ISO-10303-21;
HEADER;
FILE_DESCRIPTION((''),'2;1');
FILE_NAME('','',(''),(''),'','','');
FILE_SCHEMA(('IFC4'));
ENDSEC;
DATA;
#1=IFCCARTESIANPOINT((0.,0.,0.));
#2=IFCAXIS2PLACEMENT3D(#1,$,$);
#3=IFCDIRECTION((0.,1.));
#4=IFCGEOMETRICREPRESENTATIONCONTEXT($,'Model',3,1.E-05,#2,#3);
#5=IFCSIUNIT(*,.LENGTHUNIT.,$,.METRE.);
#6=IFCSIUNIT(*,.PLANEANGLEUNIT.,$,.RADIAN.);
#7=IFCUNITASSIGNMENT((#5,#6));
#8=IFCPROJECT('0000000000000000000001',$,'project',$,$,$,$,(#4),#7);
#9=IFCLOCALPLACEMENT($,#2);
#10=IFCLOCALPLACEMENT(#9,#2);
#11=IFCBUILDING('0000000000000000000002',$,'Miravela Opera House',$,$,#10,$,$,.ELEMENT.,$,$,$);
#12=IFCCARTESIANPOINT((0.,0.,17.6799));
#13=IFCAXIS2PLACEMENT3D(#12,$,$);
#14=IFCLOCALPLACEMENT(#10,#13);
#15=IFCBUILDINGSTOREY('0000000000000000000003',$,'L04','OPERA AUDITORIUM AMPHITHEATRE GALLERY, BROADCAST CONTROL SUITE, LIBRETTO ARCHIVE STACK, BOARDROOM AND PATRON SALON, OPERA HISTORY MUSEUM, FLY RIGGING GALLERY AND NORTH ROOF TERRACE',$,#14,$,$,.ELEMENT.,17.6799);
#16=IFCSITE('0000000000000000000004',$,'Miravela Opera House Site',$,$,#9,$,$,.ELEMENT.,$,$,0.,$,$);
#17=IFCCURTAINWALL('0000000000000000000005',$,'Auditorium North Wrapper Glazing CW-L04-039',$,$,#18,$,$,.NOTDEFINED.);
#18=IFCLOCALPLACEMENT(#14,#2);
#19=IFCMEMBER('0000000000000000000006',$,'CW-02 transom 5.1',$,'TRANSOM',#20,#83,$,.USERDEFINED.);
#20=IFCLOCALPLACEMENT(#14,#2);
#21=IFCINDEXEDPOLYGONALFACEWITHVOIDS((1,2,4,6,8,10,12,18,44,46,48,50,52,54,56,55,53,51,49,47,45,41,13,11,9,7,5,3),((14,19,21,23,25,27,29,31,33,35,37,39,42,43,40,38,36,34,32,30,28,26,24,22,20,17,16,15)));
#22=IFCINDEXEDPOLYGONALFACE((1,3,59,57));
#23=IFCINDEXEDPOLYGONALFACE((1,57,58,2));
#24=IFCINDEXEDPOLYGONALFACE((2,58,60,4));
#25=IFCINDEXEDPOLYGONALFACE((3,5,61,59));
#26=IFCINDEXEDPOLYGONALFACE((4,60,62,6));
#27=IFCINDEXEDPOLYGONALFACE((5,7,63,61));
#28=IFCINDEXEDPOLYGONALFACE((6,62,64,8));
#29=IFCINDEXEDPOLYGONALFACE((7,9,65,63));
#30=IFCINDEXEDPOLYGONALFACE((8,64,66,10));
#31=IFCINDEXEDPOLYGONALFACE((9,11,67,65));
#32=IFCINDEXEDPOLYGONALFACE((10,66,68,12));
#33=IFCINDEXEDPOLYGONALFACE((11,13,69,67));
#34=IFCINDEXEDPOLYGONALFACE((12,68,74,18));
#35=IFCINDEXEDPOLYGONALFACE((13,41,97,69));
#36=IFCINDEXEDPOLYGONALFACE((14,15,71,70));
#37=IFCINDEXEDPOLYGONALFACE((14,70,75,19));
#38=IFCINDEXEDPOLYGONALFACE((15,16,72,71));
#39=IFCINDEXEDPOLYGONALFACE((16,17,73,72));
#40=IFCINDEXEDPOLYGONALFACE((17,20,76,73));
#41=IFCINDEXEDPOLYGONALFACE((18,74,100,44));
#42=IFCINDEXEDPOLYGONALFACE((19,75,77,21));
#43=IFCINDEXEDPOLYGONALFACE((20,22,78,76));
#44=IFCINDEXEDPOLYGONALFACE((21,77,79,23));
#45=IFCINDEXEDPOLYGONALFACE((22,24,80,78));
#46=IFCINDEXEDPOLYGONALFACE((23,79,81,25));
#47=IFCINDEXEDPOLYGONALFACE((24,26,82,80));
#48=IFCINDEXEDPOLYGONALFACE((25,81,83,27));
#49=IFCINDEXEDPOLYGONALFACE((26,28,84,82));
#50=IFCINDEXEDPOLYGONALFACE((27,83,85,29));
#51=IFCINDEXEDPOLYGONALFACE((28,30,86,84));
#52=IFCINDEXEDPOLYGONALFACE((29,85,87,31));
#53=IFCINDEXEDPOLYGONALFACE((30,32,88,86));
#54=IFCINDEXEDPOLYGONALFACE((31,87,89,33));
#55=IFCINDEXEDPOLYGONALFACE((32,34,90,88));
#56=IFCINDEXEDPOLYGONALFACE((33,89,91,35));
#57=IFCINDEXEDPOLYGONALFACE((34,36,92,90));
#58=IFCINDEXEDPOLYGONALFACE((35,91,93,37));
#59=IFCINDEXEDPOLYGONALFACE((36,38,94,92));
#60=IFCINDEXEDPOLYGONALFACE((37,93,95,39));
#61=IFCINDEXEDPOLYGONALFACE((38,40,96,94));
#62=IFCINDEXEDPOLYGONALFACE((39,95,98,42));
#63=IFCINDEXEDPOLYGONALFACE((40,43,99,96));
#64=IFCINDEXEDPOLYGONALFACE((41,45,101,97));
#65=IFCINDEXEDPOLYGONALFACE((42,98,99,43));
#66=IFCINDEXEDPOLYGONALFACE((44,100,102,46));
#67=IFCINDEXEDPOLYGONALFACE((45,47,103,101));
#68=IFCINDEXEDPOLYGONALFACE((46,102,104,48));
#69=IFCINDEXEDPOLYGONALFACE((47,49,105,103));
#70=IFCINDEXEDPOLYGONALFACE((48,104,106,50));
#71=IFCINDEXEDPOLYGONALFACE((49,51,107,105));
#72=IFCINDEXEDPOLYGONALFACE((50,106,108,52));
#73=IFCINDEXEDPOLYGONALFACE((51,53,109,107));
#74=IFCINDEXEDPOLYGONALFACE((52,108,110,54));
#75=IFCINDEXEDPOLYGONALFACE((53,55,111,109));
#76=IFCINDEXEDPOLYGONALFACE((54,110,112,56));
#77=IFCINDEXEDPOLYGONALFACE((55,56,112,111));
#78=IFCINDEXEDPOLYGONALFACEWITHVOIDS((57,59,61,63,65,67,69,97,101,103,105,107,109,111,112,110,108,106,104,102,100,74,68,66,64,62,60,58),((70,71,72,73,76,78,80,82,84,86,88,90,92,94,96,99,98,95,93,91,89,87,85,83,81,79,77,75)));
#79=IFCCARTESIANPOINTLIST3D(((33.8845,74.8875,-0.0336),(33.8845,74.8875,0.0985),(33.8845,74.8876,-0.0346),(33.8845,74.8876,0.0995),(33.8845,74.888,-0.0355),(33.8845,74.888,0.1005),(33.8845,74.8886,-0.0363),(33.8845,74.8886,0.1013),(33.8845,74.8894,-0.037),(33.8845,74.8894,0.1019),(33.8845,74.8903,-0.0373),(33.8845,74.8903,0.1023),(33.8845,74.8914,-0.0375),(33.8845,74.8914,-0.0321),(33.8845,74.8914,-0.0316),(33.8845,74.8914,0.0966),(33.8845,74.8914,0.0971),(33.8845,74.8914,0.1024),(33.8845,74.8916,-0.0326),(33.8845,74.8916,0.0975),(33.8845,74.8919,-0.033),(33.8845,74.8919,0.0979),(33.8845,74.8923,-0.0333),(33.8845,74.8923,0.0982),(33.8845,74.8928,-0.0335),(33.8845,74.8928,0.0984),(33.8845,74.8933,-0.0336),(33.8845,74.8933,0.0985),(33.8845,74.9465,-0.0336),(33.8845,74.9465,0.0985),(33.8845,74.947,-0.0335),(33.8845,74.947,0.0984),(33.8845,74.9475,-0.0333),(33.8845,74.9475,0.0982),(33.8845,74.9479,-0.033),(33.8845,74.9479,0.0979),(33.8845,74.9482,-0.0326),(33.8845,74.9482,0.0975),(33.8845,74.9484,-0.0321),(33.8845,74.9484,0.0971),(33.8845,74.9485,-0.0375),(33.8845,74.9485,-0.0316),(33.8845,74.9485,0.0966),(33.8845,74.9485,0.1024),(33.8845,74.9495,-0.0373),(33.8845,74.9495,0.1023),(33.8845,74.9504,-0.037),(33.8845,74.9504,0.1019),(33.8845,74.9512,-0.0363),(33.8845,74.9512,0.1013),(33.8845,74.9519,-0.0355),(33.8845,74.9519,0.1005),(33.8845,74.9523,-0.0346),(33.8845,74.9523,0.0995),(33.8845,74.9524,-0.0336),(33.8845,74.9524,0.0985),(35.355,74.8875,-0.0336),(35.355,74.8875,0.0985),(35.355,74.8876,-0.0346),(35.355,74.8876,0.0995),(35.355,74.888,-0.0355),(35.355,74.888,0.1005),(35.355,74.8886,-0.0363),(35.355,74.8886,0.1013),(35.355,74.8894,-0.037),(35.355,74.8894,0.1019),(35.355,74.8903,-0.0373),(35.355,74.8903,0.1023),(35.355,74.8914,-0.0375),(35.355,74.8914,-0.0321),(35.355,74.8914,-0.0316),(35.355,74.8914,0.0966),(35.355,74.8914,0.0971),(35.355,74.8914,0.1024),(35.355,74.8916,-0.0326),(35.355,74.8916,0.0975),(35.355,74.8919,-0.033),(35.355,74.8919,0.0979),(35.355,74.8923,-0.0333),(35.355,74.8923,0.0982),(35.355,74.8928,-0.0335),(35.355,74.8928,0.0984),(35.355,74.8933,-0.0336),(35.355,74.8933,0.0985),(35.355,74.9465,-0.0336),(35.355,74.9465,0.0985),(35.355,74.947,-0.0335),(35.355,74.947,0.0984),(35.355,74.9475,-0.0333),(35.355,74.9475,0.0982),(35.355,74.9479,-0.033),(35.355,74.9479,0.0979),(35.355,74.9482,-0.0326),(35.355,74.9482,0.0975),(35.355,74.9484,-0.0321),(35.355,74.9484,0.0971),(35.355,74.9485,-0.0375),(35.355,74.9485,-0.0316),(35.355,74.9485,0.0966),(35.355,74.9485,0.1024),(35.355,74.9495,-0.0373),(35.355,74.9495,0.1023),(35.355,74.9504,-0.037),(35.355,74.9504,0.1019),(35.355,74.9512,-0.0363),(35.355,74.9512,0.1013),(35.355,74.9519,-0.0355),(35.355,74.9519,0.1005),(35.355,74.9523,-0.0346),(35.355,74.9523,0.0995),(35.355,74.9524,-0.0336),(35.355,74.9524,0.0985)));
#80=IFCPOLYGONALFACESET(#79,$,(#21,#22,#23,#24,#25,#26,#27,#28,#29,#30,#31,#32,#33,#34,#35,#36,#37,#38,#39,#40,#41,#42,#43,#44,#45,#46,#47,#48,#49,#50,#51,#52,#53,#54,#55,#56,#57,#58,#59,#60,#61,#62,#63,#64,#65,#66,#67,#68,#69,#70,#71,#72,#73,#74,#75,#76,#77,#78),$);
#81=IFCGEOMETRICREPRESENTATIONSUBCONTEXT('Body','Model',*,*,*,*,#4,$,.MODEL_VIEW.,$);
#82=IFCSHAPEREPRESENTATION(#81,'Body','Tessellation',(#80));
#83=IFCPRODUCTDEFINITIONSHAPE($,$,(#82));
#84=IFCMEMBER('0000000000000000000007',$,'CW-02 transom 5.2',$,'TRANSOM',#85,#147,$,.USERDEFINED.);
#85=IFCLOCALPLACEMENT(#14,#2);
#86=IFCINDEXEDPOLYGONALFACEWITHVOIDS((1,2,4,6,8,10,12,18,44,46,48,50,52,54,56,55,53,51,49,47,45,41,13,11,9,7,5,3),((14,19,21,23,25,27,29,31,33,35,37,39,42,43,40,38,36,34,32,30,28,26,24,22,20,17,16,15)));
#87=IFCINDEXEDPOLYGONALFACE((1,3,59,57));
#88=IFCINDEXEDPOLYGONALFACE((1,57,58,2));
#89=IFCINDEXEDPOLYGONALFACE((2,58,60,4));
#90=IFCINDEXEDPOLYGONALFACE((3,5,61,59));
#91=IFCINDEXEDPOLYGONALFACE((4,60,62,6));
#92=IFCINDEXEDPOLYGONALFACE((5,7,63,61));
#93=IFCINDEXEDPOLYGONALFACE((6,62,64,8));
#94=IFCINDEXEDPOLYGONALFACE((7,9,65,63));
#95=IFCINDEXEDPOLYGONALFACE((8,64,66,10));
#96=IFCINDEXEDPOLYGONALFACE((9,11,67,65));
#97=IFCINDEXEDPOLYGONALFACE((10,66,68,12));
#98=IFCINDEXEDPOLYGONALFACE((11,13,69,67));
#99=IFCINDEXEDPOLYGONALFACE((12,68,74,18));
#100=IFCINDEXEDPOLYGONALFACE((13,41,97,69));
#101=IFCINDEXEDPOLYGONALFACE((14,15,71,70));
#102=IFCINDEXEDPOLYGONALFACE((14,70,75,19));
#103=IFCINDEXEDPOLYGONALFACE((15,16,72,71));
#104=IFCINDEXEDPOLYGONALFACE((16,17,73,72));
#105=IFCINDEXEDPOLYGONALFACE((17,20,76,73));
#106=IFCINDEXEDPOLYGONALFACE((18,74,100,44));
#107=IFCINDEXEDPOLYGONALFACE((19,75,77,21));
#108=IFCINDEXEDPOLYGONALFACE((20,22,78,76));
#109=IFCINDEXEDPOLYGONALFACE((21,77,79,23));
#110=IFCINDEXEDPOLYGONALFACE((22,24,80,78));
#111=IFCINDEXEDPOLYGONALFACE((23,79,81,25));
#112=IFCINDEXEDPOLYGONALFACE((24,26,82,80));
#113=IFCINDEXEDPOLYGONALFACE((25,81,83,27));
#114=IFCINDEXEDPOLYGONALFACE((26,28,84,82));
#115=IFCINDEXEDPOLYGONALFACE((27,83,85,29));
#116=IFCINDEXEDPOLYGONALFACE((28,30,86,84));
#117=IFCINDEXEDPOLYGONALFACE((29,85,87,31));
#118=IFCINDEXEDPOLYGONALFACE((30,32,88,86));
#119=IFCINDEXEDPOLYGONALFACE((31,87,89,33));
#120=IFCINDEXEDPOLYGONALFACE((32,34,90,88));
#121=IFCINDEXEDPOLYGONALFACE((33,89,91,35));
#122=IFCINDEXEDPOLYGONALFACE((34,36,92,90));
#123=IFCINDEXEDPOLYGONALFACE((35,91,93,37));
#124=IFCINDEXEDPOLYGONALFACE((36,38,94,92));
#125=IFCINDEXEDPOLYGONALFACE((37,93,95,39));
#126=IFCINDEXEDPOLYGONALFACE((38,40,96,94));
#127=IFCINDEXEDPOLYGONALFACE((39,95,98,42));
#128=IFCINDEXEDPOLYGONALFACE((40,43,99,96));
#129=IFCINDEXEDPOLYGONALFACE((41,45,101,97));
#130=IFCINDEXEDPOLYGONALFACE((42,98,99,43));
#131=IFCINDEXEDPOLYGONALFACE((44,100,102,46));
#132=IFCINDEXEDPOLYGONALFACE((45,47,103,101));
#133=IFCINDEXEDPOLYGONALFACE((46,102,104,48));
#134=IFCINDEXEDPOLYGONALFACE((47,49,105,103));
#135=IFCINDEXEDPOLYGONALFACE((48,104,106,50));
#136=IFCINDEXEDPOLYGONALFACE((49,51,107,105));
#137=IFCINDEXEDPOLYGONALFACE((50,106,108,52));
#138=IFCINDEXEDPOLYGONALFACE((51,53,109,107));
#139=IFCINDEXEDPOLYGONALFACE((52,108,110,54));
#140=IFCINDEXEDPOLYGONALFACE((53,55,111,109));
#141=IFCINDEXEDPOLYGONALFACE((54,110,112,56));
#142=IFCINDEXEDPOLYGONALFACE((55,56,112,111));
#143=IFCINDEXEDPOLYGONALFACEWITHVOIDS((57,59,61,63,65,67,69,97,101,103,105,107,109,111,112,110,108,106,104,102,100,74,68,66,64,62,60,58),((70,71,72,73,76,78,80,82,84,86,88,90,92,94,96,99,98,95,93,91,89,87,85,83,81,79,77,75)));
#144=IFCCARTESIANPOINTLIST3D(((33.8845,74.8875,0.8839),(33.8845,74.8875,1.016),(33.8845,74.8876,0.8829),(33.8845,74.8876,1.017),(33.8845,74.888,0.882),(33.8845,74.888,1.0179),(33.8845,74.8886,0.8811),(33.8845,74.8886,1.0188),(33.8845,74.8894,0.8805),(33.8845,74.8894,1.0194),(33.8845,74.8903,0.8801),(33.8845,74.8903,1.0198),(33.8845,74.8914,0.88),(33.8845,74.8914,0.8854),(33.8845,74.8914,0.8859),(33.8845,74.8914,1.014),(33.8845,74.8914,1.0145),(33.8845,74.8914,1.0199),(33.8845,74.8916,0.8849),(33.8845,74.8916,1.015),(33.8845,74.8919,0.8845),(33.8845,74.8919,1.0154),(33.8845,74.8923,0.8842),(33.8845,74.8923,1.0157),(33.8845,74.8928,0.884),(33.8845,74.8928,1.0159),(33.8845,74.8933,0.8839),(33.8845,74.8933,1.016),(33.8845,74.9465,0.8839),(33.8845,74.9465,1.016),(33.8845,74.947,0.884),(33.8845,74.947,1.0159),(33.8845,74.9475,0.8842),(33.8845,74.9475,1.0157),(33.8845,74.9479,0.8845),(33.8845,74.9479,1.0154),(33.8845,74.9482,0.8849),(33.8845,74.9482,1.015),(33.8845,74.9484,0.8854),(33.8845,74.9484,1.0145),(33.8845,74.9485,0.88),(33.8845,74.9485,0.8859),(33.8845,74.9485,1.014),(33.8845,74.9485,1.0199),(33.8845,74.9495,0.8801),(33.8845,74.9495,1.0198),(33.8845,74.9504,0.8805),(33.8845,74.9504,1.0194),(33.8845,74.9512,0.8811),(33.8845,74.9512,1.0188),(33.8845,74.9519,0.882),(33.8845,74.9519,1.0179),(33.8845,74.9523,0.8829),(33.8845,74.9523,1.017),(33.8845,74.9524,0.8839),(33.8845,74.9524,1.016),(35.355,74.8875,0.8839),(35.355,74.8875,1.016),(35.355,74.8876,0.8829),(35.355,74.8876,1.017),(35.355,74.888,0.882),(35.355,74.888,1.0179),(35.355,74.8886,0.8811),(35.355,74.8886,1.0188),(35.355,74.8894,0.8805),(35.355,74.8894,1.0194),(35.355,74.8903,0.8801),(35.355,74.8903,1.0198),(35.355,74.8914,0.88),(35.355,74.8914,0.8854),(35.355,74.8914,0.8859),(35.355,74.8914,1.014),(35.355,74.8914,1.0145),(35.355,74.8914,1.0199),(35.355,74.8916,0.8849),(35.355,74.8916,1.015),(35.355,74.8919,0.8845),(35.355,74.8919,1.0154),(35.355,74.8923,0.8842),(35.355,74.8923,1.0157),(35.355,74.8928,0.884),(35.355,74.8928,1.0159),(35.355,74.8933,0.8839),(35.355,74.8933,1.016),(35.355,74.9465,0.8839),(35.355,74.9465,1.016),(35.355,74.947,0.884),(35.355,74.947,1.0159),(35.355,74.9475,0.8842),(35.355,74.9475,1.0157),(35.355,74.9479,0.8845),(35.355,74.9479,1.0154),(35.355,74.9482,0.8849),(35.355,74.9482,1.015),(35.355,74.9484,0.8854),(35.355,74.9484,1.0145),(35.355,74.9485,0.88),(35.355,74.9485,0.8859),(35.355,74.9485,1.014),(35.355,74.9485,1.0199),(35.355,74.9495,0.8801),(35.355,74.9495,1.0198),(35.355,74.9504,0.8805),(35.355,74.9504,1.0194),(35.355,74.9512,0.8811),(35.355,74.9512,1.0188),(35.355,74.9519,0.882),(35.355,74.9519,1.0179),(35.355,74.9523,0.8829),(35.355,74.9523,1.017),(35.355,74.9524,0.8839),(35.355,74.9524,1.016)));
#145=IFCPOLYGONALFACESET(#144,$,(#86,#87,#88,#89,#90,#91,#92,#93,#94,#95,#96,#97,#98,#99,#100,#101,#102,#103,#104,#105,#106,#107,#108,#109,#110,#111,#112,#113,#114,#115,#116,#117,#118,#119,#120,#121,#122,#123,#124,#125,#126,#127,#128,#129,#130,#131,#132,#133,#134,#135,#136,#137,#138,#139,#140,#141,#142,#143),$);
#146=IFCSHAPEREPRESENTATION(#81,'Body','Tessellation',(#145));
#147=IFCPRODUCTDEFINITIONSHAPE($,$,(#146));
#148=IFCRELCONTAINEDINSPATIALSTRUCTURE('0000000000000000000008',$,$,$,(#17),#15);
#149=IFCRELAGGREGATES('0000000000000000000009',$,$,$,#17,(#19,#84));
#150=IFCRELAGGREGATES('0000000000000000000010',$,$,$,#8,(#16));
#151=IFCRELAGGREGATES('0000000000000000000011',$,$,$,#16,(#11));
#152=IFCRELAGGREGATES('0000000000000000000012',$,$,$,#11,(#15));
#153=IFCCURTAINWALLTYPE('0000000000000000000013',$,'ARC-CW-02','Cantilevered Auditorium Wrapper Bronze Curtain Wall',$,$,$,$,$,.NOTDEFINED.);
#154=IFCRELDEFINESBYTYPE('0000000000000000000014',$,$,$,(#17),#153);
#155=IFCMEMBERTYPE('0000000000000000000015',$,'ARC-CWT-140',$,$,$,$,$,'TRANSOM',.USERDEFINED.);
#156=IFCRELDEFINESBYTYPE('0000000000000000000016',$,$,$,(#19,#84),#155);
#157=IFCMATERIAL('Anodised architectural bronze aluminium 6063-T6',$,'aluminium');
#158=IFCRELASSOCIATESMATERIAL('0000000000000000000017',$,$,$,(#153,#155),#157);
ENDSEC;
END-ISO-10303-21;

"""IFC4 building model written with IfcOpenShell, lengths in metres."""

from ifc_helpers import new_model, si_unit, direction, frame, origin, origin_2d, place, context, subcontext, project, spatial, hollow_rectangle, extrude, material, material_profile, profile_set, type_object, element, aggregate, save


model = new_model("IFC4")

# Units and contexts
model_context = context("Model", 3, precision=1e-05, world=origin(), true_north=direction((0.0, 1.0)))
body_context = subcontext(model_context, "Body", "Model", "MODEL_VIEW")
ifc_project = project(units=[si_unit("LENGTHUNIT", "METRE"), si_unit("PLANEANGLEUNIT", "RADIAN")], contexts=[model_context])

# Site, building, storey
site_placement = place(None, origin())
site = spatial("IfcSite", under=ifc_project, at=site_placement, Name="Miravela Opera House Site", CompositionType="ELEMENT", RefElevation=0.0)
building_placement = place(site_placement, origin())
building = spatial("IfcBuilding", under=site, at=building_placement, Name="Miravela Opera House", CompositionType="ELEMENT")
storey_placement = place(building_placement, frame((0.0, 0.0, 17.6799)))
storey = spatial("IfcBuildingStorey", under=building, at=storey_placement, Name="L04", Description="OPERA AUDITORIUM AMPHITHEATRE GALLERY, BROADCAST CONTROL SUITE, LIBRETTO ARCHIVE STACK, BOARDROOM AND PATRON SALON, OPERA HISTORY MUSEUM, FLY RIGGING GALLERY AND NORTH ROOF TERRACE", CompositionType="ELEMENT", Elevation=17.6799)

# Curtain wall
ifc_material_1 = material(Name="Anodised architectural bronze aluminium 6063-T6", Category="aluminium")
curtain_wall_type = type_object("IfcCurtainWallType", Name="ARC-CW-02", Description="Cantilevered Auditorium Wrapper Bronze Curtain Wall", PredefinedType="NOTDEFINED", material=ifc_material_1)
curtain_wall_1_placement = place(storey_placement, origin())
curtain_wall_1 = element("IfcCurtainWall", 1, at=curtain_wall_1_placement, inside=storey, type_object=curtain_wall_type, Name="Auditorium North Wrapper Glazing CW-L04-039", PredefinedType="NOTDEFINED")

# Members
ifc_material_profile_1 = material_profile(ifc_material_1, hollow_rectangle(XDim=0.0649, YDim=0.1399, WallThickness=0.0039, InnerFilletRadius=0.002, OuterFilletRadius=0.0039, at=origin_2d()), Name="CWT-65X140")
ifc_profile_set_1 = profile_set([ifc_material_profile_1])
member_type_1 = type_object("IfcMemberType", Name="ARC-CWT-140", ElementType="TRANSOM", PredefinedType="USERDEFINED", material=ifc_profile_set_1)
member_1_placement = place(storey_placement, frame((33.8845, 74.9199, 0.0325), z_axis=(1.0, 0.0, 0.0), x_axis=(0.0, 1.0, 0.0)))
member_1 = element("IfcMember", 2, at=member_1_placement, type_object=member_type_1, Name="CW-02 transom 5.1", ObjectType="TRANSOM", PredefinedType="USERDEFINED", context=body_context, shape_type="SweptSolid", body=[
    extrude(hollow_rectangle(XDim=0.0649, YDim=0.1399, WallThickness=0.0039, InnerFilletRadius=0.002, OuterFilletRadius=0.0039, at=origin_2d()), origin(), (0.0, 0.0, 1.0), 1.4705),
])
member_2_placement = place(storey_placement, frame((33.8845, 74.9199, 0.95), z_axis=(1.0, 0.0, 0.0), x_axis=(0.0, 1.0, 0.0)))
member_2 = element("IfcMember", 3, at=member_2_placement, type_object=member_type_1, Name="CW-02 transom 5.2", ObjectType="TRANSOM", PredefinedType="USERDEFINED", context=body_context, shape_type="SweptSolid", body=[
    extrude(hollow_rectangle(XDim=0.0649, YDim=0.1399, WallThickness=0.0039, InnerFilletRadius=0.002, OuterFilletRadius=0.0039, at=origin_2d()), origin(), (0.0, 0.0, 1.0), 1.4705),
])

aggregate(curtain_wall_1, [member_1, member_2])

save(model, "model.ifc")
